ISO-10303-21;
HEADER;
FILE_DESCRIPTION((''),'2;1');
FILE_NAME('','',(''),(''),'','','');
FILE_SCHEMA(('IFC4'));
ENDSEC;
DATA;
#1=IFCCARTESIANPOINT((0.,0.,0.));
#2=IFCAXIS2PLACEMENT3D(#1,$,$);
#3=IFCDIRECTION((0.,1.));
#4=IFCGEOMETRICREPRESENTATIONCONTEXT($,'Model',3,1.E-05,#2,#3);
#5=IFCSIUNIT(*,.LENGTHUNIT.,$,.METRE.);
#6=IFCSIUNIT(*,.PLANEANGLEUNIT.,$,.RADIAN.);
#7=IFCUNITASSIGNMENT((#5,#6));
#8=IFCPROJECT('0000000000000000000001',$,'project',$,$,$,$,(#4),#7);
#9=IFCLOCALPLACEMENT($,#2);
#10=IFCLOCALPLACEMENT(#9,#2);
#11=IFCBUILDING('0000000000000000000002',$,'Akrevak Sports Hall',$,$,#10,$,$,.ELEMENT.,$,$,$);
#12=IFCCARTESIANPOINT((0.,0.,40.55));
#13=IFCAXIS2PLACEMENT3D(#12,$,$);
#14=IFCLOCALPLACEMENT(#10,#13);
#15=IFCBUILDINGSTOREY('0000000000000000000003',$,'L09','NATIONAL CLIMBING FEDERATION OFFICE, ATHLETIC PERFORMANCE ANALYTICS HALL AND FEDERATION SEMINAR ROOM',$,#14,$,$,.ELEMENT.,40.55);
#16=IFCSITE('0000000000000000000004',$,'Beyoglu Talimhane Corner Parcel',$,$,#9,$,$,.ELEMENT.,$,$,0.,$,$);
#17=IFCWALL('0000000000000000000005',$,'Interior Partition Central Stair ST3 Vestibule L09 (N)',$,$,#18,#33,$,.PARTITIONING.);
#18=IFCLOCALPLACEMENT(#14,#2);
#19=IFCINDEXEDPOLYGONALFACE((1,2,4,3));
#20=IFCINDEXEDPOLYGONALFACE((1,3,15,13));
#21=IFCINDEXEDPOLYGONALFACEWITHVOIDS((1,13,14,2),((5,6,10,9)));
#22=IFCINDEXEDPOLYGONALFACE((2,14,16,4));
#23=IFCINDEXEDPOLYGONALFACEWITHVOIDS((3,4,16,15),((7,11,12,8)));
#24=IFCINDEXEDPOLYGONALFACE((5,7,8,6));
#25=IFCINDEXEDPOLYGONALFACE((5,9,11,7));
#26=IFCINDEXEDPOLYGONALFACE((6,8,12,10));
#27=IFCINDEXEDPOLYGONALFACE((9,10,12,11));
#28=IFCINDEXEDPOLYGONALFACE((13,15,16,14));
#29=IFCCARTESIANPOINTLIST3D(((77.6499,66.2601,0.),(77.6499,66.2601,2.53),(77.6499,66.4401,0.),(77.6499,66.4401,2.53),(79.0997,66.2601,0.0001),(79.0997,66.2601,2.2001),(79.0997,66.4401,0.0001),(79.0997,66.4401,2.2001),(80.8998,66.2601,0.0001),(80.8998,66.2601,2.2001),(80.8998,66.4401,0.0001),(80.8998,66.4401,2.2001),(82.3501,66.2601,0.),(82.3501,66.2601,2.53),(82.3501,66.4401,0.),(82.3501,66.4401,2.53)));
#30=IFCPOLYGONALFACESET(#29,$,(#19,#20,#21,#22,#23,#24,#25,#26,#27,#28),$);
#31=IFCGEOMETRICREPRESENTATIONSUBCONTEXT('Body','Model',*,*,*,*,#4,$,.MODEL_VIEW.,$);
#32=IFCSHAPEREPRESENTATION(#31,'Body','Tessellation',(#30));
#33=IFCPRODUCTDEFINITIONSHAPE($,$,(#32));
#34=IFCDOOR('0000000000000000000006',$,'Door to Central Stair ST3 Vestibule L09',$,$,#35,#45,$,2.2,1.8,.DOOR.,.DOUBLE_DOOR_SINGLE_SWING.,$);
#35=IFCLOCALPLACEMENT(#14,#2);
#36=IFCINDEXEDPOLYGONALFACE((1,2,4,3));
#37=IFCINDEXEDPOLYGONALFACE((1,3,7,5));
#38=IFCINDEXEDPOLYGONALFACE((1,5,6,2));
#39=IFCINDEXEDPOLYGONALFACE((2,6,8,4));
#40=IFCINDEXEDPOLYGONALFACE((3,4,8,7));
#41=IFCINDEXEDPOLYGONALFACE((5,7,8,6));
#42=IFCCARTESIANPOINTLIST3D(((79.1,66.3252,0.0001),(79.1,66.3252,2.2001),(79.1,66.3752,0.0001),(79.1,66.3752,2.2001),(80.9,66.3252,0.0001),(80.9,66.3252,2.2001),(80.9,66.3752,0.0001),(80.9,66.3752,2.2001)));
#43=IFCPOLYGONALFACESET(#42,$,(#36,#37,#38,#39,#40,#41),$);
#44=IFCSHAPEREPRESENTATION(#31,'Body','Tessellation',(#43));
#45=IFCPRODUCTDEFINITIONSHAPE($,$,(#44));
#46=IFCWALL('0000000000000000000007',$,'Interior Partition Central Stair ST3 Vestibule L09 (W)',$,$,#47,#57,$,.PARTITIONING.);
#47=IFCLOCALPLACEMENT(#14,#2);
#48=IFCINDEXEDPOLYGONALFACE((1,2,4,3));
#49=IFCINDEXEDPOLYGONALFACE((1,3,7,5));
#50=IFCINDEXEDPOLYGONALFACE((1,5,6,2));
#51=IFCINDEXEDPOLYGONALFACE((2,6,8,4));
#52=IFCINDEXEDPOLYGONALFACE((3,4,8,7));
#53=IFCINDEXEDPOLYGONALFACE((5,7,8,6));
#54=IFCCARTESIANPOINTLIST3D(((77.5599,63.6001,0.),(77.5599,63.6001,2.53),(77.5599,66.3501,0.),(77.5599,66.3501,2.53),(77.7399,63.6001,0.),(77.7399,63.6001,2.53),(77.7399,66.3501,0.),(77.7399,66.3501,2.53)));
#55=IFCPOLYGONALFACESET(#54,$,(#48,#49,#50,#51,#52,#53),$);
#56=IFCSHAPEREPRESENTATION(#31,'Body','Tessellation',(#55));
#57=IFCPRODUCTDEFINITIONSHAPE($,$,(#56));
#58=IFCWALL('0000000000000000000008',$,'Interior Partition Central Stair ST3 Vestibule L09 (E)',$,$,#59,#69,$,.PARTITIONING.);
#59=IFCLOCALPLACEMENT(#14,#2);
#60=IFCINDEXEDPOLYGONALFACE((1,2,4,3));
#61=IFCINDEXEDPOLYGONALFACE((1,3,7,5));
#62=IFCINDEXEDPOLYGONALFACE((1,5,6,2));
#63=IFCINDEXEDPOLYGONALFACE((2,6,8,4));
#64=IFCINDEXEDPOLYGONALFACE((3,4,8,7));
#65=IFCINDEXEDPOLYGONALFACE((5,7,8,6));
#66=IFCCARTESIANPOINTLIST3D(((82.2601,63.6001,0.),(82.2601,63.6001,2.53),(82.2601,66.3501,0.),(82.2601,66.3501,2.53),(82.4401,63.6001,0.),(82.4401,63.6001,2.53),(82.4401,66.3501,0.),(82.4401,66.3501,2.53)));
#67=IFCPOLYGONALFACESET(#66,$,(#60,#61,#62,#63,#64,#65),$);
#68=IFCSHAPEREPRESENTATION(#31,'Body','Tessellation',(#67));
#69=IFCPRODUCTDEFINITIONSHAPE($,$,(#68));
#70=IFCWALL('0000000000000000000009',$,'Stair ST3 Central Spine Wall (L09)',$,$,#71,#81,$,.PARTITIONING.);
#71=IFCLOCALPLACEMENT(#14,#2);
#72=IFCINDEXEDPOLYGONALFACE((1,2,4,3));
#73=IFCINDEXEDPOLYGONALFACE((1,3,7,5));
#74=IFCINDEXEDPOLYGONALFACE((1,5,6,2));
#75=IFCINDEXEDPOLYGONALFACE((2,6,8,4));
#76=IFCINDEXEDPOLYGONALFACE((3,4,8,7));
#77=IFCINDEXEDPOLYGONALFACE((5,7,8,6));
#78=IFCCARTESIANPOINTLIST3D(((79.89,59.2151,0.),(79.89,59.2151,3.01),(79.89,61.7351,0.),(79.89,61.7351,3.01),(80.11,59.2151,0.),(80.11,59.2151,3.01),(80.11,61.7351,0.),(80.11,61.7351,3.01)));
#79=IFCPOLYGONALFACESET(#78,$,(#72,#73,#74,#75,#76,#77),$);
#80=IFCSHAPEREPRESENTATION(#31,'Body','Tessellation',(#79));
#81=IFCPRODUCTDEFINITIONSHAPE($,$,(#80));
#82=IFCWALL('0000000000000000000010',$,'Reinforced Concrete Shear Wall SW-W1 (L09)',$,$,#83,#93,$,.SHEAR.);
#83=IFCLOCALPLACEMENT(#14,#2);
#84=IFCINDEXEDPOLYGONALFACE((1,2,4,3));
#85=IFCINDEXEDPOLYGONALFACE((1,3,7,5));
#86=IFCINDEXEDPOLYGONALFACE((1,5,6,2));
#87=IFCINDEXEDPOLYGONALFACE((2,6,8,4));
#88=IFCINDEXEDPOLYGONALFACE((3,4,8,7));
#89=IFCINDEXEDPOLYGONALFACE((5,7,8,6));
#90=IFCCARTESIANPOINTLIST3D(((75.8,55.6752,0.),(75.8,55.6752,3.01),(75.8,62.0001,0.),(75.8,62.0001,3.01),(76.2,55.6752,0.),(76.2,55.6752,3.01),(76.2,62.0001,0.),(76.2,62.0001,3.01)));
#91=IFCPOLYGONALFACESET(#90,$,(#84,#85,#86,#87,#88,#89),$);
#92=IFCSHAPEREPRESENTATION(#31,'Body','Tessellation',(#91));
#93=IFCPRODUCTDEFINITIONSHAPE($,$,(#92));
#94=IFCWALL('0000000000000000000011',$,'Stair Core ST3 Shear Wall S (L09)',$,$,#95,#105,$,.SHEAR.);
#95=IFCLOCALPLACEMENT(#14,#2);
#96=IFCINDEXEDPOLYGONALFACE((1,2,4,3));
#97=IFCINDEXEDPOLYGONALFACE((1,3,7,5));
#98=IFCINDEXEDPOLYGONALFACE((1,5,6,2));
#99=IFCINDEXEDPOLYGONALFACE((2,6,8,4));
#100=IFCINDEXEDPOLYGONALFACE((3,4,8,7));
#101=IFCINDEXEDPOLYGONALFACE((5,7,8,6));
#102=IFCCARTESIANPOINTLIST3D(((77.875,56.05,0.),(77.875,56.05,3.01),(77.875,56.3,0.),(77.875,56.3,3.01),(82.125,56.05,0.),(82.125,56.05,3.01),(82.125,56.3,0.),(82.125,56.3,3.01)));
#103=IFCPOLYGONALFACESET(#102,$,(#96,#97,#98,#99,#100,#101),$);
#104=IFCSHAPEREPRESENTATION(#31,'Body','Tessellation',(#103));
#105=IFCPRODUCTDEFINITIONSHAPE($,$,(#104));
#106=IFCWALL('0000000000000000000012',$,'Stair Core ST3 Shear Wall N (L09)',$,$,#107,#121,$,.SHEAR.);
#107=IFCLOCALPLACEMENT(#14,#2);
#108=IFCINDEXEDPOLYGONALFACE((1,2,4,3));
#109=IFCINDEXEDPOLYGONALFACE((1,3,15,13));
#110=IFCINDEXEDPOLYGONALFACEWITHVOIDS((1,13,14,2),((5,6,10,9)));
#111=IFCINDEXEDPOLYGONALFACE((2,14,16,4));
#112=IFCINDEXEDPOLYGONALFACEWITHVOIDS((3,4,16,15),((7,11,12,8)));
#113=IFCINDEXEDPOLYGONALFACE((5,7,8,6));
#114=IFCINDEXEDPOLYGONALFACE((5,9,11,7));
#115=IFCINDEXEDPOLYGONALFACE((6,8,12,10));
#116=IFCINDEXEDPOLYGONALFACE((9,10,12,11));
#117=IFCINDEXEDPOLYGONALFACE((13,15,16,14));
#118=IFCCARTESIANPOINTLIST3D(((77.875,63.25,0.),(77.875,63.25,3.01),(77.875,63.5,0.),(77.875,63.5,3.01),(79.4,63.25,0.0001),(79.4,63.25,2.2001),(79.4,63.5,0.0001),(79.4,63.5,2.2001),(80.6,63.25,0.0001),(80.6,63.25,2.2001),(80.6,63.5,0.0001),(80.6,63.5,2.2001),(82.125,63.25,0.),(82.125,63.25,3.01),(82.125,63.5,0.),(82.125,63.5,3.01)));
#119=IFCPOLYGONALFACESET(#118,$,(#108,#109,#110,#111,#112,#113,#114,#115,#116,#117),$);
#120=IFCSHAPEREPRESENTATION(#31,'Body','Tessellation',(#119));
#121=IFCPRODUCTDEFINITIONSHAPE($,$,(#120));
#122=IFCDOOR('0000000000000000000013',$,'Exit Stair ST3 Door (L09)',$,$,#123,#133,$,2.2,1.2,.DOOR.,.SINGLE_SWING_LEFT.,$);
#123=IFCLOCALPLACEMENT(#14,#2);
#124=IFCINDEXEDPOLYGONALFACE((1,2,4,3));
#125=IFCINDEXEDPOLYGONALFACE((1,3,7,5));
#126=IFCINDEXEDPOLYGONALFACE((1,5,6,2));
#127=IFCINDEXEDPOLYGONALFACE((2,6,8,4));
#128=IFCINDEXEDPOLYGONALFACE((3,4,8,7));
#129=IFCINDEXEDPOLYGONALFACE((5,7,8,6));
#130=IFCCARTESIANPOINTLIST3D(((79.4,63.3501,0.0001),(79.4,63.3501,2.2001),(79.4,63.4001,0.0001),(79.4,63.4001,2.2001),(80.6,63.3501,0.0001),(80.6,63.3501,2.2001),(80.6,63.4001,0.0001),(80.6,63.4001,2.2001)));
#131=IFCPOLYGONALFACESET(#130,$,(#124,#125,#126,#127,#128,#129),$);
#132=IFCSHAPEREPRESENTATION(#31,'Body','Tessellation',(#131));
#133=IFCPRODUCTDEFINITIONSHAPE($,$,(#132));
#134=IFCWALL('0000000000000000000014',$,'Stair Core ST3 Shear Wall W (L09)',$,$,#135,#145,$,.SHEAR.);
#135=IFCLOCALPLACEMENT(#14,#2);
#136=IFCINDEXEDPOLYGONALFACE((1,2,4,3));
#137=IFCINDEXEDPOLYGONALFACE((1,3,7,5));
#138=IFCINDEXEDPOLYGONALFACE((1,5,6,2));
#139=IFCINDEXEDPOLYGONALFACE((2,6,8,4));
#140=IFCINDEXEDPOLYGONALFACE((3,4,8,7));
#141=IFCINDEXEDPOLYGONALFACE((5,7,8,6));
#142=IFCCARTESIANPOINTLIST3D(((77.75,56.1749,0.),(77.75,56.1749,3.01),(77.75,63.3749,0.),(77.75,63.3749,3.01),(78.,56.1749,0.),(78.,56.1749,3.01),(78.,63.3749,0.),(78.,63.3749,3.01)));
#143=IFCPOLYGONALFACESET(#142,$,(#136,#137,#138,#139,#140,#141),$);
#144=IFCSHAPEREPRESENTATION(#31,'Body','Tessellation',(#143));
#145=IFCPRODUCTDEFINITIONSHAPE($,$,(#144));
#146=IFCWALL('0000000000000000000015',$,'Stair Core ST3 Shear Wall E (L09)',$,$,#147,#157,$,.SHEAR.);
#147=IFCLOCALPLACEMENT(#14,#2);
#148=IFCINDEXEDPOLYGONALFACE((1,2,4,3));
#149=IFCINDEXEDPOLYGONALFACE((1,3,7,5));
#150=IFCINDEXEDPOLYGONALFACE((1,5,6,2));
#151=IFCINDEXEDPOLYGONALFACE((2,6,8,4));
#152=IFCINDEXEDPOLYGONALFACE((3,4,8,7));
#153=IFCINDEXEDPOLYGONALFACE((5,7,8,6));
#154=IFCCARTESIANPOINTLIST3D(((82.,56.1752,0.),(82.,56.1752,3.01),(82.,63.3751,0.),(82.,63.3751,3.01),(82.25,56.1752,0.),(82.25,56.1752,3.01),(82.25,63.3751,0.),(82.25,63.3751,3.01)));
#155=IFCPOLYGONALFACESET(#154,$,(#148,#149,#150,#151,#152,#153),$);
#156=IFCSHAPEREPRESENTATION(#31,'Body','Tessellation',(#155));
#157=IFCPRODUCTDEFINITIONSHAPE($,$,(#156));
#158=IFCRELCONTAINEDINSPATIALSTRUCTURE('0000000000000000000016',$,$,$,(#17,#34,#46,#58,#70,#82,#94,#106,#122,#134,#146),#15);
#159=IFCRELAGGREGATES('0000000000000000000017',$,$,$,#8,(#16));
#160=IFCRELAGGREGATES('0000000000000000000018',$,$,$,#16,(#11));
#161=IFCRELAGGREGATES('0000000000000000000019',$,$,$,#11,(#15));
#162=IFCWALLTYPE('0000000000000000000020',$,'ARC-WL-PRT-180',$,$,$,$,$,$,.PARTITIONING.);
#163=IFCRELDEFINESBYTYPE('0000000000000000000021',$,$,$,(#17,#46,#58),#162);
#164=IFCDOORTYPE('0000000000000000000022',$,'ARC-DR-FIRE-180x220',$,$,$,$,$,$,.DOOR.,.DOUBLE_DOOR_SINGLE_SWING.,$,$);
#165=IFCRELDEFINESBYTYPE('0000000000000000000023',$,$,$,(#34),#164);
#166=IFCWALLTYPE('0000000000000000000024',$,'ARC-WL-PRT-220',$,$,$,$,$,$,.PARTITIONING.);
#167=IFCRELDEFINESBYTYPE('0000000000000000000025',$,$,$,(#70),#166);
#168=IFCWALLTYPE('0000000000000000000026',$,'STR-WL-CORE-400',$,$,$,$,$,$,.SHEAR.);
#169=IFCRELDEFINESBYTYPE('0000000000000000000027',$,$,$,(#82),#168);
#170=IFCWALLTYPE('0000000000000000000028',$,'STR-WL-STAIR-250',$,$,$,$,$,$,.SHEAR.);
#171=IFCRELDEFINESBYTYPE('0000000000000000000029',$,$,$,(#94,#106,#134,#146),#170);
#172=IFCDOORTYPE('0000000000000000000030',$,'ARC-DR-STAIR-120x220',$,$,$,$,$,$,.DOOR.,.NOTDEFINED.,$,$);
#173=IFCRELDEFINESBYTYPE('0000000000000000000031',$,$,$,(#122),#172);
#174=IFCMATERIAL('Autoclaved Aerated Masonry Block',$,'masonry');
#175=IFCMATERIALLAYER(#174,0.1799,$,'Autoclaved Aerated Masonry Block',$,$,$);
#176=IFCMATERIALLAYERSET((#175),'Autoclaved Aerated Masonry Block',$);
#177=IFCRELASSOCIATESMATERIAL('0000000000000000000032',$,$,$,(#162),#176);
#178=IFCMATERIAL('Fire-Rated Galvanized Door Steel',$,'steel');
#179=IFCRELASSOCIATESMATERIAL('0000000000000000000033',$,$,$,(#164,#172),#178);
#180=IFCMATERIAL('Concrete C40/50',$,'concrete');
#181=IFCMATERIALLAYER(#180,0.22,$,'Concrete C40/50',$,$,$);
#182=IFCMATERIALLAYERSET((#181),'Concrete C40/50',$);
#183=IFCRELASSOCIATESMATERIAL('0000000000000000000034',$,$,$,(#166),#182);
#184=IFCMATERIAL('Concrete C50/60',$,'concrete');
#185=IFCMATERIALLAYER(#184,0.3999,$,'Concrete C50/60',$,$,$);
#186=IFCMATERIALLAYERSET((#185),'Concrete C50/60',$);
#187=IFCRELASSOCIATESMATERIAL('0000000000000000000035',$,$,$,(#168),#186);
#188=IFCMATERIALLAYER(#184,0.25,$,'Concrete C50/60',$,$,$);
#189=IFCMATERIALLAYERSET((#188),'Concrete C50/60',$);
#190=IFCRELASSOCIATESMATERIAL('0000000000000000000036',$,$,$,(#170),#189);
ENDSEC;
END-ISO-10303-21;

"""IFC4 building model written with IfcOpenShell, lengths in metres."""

from ifc_helpers import new_model, si_unit, direction, frame, frame_2d, origin, place, context, subcontext, project, spatial, rectangle, extrude, material, layer, layer_set, type_object, element, fill, save


model = new_model("IFC4")

# Units and contexts
model_context = context("Model", 3, precision=1e-05, world=origin(), true_north=direction((0.0, 1.0)))
body_context = subcontext(model_context, "Body", "Model", "MODEL_VIEW")
ifc_project = project(units=[si_unit("LENGTHUNIT", "METRE"), si_unit("PLANEANGLEUNIT", "RADIAN")], contexts=[model_context])

# Site, building, storey
site_placement = place(None, origin())
site = spatial("IfcSite", under=ifc_project, at=site_placement, Name="Beyoglu Talimhane Corner Parcel", CompositionType="ELEMENT", RefElevation=0.0)
building_placement = place(site_placement, origin())
building = spatial("IfcBuilding", under=site, at=building_placement, Name="Akrevak Sports Hall", CompositionType="ELEMENT")
storey_placement = place(building_placement, frame((0.0, 0.0, 40.55)))
storey = spatial("IfcBuildingStorey", under=building, at=storey_placement, Name="L09", Description="NATIONAL CLIMBING FEDERATION OFFICE, ATHLETIC PERFORMANCE ANALYTICS HALL AND FEDERATION SEMINAR ROOM", CompositionType="ELEMENT", Elevation=40.55)

# Shared definitions
ifc_material_1 = material(Name="Concrete C50/60", Category="concrete")

# Shared definitions
ifc_material_2 = material(Name="Concrete C40/50", Category="concrete")

# Wall, opening, door
ifc_material_3 = material(Name="Autoclaved Aerated Masonry Block", Category="masonry")
ifc_layer_1 = layer(ifc_material_3, 0.1799, Name="Autoclaved Aerated Masonry Block")
ifc_layer_set_1 = layer_set([ifc_layer_1], Name="Autoclaved Aerated Masonry Block")
wall_type_1 = type_object("IfcWallType", Name="ARC-WL-PRT-180", PredefinedType="PARTITIONING", material=ifc_layer_set_1)
wall_1_placement = place(storey_placement, frame((77.6499, 66.3501, 0.0), z_axis=(0.0, 0.0, 1.0), x_axis=(1.0, 0.0, 0.0)))
wall_1 = element("IfcWall", 1, at=wall_1_placement, inside=storey, type_object=wall_type_1, Name="Interior Partition Central Stair ST3 Vestibule L09 (N)", PredefinedType="PARTITIONING", context=body_context, shape_type="SweptSolid", body=[
    extrude(rectangle(XDim=4.7002, YDim=0.1799, at=frame_2d((2.3501, 0.0))), origin(), (0.0, 0.0, 1.0), 2.53),
])
opening_1_placement = place(wall_1_placement, frame((1.45, 0.0, 0.0)))
opening_1 = element("IfcOpeningElement", 2, at=opening_1_placement, cuts=wall_1, PredefinedType="OPENING", context=body_context, shape_type="SweptSolid", body=[
    extrude(rectangle(XDim=1.8, YDim=2.2, at=frame_2d((0.8999, 1.1001))), frame((0.0, 0.1021, 0.0), z_axis=(0.0, -1.0, 0.0), x_axis=(1.0, 0.0, 0.0)), (0.0, 0.0, 1.0), 0.2039),
])
ifc_material_4 = material(Name="Fire-Rated Galvanized Door Steel", Category="steel")
door_type_1 = type_object("IfcDoorType", Name="ARC-DR-FIRE-180x220", OperationType="DOUBLE_DOOR_SINGLE_SWING", PredefinedType="DOOR", material=ifc_material_4)
door_1_placement = place(opening_1_placement, frame((1.8, 0.0, 0.0), z_axis=(0.0, 0.0, 1.0), x_axis=(-1.0, 0.0, 0.0)))
door_1 = element("IfcDoor", 3, at=door_1_placement, inside=storey, type_object=door_type_1, Name="Door to Central Stair ST3 Vestibule L09", OperationType="DOUBLE_DOOR_SINGLE_SWING", OverallHeight=2.2, OverallWidth=1.8, PredefinedType="DOOR", context=body_context, shape_type="SweptSolid", body=[
    extrude(rectangle(XDim=1.8, YDim=2.2, at=frame_2d((0.8999, 1.1001))), frame((0.0, 0.0249, 0.0), z_axis=(0.0, -1.0, 0.0), x_axis=(1.0, 0.0, 0.0)), (0.0, 0.0, 1.0), 0.05),
])
fill(opening_1, door_1)

# Walls
for number, where, z_axis, x_axis, name in (
    (4, (77.6499, 63.6001, 0.0), (0.0, 0.0, 1.0), (0.0, 1.0, 0.0), "Interior Partition Central Stair ST3 Vestibule L09 (W)"),
    (5, (82.3501, 63.6001, 0.0), (0.0, 0.0, 1.0), (0.0, 1.0, 0.0), "Interior Partition Central Stair ST3 Vestibule L09 (E)"),
):
    element("IfcWall", number, at=place(storey_placement, frame(where, z_axis=z_axis, x_axis=x_axis)), inside=storey, type_object=wall_type_1, Name=name, PredefinedType="PARTITIONING", context=body_context, shape_type="SweptSolid", body=[
        extrude(rectangle(XDim=2.75, YDim=0.1799, at=frame_2d((1.375, 0.0))), origin(), (0.0, 0.0, 1.0), 2.53),
    ])
ifc_layer_2 = layer(ifc_material_2, 0.22, Name="Concrete C40/50")
ifc_layer_set_2 = layer_set([ifc_layer_2], Name="Concrete C40/50")
wall_type_2 = type_object("IfcWallType", Name="ARC-WL-PRT-220", PredefinedType="PARTITIONING", material=ifc_layer_set_2)
wall_2_placement = place(storey_placement, frame((80.0, 59.2151, 0.0), z_axis=(0.0, 0.0, 1.0), x_axis=(0.0, 1.0, 0.0)))
element("IfcWall", 6, at=wall_2_placement, inside=storey, type_object=wall_type_2, Name="Stair ST3 Central Spine Wall (L09)", PredefinedType="PARTITIONING", context=body_context, shape_type="SweptSolid", body=[
    extrude(rectangle(XDim=2.52, YDim=0.22, at=frame_2d((1.26, 0.0))), origin(), (0.0, 0.0, 1.0), 3.01),
])
ifc_layer_3 = layer(ifc_material_1, 0.3999, Name="Concrete C50/60")
ifc_layer_set_3 = layer_set([ifc_layer_3], Name="Concrete C50/60")
wall_type_3 = type_object("IfcWallType", Name="STR-WL-CORE-400", PredefinedType="SHEAR", material=ifc_layer_set_3)
wall_3_placement = place(storey_placement, frame((76.0, 55.675, 0.0), z_axis=(0.0, 0.0, 1.0), x_axis=(0.0, 1.0, 0.0)))
element("IfcWall", 7, at=wall_3_placement, inside=storey, type_object=wall_type_3, Name="Reinforced Concrete Shear Wall SW-W1 (L09)", PredefinedType="SHEAR", context=body_context, shape_type="SweptSolid", body=[
    extrude(rectangle(XDim=6.325, YDim=0.3999, at=frame_2d((3.1626, 0.0))), origin(), (0.0, 0.0, 1.0), 3.01),
])
ifc_layer_4 = layer(ifc_material_1, 0.25, Name="Concrete C50/60")
ifc_layer_set_4 = layer_set([ifc_layer_4], Name="Concrete C50/60")
wall_type_4 = type_object("IfcWallType", Name="STR-WL-STAIR-250", PredefinedType="SHEAR", material=ifc_layer_set_4)
wall_4_placement = place(storey_placement, frame((77.875, 56.175, 0.0), z_axis=(0.0, 0.0, 1.0), x_axis=(1.0, 0.0, 0.0)))
element("IfcWall", 8, at=wall_4_placement, inside=storey, type_object=wall_type_4, Name="Stair Core ST3 Shear Wall S (L09)", PredefinedType="SHEAR", context=body_context, shape_type="SweptSolid", body=[
    extrude(rectangle(XDim=4.25, YDim=0.25, at=frame_2d((2.125, 0.0))), origin(), (0.0, 0.0, 1.0), 3.01),
])

# Wall, opening, door
wall_5_placement = place(storey_placement, frame((82.125, 63.375, 0.0), z_axis=(0.0, 0.0, 1.0), x_axis=(-1.0, 0.0, 0.0)))
wall_5 = element("IfcWall", 9, at=wall_5_placement, inside=storey, type_object=wall_type_4, Name="Stair Core ST3 Shear Wall N (L09)", PredefinedType="SHEAR", context=body_context, shape_type="SweptSolid", body=[
    extrude(rectangle(XDim=4.25, YDim=0.25, at=frame_2d((2.125, 0.0))), origin(), (0.0, 0.0, 1.0), 3.01),
])
opening_2_placement = place(wall_5_placement, frame((1.5249, 0.0, 0.0)))
opening_2 = element("IfcOpeningElement", 10, at=opening_2_placement, cuts=wall_5, PredefinedType="OPENING", context=body_context, shape_type="SweptSolid", body=[
    extrude(rectangle(XDim=1.2, YDim=2.2, at=frame_2d((0.6001, 1.1001))), frame((0.0, 0.137, 0.0), z_axis=(0.0, -1.0, 0.0), x_axis=(1.0, 0.0, 0.0)), (0.0, 0.0, 1.0), 0.2739),
])
door_type_2 = type_object("IfcDoorType", Name="ARC-DR-STAIR-120x220", OperationType="NOTDEFINED", PredefinedType="DOOR", material=ifc_material_4)
door_2_placement = place(opening_2_placement, origin())
door_2 = element("IfcDoor", 11, at=door_2_placement, inside=storey, type_object=door_type_2, Name="Exit Stair ST3 Door (L09)", OperationType="SINGLE_SWING_LEFT", OverallHeight=2.2, OverallWidth=1.2, PredefinedType="DOOR", context=body_context, shape_type="SweptSolid", body=[
    extrude(rectangle(XDim=1.2, YDim=2.2, at=frame_2d((0.6001, 1.1001))), frame((0.0, 0.0249, 0.0), z_axis=(0.0, -1.0, 0.0), x_axis=(1.0, 0.0, 0.0)), (0.0, 0.0, 1.0), 0.05),
])
fill(opening_2, door_2)

# Walls
for number, where, z_axis, x_axis, name in (
    (12, (77.875, 63.375, 0.0), (0.0, 0.0, 1.0), (0.0, -1.0, 0.0), "Stair Core ST3 Shear Wall W (L09)"),
    (13, (82.125, 56.175, 0.0), (0.0, 0.0, 1.0), (0.0, 1.0, 0.0), "Stair Core ST3 Shear Wall E (L09)"),
):
    element("IfcWall", number, at=place(storey_placement, frame(where, z_axis=z_axis, x_axis=x_axis)), inside=storey, type_object=wall_type_4, Name=name, PredefinedType="SHEAR", context=body_context, shape_type="SweptSolid", body=[
        extrude(rectangle(XDim=7.2, YDim=0.25, at=frame_2d((3.6001, 0.0))), origin(), (0.0, 0.0, 1.0), 3.01),
    ])

save(model, "model.ifc")
